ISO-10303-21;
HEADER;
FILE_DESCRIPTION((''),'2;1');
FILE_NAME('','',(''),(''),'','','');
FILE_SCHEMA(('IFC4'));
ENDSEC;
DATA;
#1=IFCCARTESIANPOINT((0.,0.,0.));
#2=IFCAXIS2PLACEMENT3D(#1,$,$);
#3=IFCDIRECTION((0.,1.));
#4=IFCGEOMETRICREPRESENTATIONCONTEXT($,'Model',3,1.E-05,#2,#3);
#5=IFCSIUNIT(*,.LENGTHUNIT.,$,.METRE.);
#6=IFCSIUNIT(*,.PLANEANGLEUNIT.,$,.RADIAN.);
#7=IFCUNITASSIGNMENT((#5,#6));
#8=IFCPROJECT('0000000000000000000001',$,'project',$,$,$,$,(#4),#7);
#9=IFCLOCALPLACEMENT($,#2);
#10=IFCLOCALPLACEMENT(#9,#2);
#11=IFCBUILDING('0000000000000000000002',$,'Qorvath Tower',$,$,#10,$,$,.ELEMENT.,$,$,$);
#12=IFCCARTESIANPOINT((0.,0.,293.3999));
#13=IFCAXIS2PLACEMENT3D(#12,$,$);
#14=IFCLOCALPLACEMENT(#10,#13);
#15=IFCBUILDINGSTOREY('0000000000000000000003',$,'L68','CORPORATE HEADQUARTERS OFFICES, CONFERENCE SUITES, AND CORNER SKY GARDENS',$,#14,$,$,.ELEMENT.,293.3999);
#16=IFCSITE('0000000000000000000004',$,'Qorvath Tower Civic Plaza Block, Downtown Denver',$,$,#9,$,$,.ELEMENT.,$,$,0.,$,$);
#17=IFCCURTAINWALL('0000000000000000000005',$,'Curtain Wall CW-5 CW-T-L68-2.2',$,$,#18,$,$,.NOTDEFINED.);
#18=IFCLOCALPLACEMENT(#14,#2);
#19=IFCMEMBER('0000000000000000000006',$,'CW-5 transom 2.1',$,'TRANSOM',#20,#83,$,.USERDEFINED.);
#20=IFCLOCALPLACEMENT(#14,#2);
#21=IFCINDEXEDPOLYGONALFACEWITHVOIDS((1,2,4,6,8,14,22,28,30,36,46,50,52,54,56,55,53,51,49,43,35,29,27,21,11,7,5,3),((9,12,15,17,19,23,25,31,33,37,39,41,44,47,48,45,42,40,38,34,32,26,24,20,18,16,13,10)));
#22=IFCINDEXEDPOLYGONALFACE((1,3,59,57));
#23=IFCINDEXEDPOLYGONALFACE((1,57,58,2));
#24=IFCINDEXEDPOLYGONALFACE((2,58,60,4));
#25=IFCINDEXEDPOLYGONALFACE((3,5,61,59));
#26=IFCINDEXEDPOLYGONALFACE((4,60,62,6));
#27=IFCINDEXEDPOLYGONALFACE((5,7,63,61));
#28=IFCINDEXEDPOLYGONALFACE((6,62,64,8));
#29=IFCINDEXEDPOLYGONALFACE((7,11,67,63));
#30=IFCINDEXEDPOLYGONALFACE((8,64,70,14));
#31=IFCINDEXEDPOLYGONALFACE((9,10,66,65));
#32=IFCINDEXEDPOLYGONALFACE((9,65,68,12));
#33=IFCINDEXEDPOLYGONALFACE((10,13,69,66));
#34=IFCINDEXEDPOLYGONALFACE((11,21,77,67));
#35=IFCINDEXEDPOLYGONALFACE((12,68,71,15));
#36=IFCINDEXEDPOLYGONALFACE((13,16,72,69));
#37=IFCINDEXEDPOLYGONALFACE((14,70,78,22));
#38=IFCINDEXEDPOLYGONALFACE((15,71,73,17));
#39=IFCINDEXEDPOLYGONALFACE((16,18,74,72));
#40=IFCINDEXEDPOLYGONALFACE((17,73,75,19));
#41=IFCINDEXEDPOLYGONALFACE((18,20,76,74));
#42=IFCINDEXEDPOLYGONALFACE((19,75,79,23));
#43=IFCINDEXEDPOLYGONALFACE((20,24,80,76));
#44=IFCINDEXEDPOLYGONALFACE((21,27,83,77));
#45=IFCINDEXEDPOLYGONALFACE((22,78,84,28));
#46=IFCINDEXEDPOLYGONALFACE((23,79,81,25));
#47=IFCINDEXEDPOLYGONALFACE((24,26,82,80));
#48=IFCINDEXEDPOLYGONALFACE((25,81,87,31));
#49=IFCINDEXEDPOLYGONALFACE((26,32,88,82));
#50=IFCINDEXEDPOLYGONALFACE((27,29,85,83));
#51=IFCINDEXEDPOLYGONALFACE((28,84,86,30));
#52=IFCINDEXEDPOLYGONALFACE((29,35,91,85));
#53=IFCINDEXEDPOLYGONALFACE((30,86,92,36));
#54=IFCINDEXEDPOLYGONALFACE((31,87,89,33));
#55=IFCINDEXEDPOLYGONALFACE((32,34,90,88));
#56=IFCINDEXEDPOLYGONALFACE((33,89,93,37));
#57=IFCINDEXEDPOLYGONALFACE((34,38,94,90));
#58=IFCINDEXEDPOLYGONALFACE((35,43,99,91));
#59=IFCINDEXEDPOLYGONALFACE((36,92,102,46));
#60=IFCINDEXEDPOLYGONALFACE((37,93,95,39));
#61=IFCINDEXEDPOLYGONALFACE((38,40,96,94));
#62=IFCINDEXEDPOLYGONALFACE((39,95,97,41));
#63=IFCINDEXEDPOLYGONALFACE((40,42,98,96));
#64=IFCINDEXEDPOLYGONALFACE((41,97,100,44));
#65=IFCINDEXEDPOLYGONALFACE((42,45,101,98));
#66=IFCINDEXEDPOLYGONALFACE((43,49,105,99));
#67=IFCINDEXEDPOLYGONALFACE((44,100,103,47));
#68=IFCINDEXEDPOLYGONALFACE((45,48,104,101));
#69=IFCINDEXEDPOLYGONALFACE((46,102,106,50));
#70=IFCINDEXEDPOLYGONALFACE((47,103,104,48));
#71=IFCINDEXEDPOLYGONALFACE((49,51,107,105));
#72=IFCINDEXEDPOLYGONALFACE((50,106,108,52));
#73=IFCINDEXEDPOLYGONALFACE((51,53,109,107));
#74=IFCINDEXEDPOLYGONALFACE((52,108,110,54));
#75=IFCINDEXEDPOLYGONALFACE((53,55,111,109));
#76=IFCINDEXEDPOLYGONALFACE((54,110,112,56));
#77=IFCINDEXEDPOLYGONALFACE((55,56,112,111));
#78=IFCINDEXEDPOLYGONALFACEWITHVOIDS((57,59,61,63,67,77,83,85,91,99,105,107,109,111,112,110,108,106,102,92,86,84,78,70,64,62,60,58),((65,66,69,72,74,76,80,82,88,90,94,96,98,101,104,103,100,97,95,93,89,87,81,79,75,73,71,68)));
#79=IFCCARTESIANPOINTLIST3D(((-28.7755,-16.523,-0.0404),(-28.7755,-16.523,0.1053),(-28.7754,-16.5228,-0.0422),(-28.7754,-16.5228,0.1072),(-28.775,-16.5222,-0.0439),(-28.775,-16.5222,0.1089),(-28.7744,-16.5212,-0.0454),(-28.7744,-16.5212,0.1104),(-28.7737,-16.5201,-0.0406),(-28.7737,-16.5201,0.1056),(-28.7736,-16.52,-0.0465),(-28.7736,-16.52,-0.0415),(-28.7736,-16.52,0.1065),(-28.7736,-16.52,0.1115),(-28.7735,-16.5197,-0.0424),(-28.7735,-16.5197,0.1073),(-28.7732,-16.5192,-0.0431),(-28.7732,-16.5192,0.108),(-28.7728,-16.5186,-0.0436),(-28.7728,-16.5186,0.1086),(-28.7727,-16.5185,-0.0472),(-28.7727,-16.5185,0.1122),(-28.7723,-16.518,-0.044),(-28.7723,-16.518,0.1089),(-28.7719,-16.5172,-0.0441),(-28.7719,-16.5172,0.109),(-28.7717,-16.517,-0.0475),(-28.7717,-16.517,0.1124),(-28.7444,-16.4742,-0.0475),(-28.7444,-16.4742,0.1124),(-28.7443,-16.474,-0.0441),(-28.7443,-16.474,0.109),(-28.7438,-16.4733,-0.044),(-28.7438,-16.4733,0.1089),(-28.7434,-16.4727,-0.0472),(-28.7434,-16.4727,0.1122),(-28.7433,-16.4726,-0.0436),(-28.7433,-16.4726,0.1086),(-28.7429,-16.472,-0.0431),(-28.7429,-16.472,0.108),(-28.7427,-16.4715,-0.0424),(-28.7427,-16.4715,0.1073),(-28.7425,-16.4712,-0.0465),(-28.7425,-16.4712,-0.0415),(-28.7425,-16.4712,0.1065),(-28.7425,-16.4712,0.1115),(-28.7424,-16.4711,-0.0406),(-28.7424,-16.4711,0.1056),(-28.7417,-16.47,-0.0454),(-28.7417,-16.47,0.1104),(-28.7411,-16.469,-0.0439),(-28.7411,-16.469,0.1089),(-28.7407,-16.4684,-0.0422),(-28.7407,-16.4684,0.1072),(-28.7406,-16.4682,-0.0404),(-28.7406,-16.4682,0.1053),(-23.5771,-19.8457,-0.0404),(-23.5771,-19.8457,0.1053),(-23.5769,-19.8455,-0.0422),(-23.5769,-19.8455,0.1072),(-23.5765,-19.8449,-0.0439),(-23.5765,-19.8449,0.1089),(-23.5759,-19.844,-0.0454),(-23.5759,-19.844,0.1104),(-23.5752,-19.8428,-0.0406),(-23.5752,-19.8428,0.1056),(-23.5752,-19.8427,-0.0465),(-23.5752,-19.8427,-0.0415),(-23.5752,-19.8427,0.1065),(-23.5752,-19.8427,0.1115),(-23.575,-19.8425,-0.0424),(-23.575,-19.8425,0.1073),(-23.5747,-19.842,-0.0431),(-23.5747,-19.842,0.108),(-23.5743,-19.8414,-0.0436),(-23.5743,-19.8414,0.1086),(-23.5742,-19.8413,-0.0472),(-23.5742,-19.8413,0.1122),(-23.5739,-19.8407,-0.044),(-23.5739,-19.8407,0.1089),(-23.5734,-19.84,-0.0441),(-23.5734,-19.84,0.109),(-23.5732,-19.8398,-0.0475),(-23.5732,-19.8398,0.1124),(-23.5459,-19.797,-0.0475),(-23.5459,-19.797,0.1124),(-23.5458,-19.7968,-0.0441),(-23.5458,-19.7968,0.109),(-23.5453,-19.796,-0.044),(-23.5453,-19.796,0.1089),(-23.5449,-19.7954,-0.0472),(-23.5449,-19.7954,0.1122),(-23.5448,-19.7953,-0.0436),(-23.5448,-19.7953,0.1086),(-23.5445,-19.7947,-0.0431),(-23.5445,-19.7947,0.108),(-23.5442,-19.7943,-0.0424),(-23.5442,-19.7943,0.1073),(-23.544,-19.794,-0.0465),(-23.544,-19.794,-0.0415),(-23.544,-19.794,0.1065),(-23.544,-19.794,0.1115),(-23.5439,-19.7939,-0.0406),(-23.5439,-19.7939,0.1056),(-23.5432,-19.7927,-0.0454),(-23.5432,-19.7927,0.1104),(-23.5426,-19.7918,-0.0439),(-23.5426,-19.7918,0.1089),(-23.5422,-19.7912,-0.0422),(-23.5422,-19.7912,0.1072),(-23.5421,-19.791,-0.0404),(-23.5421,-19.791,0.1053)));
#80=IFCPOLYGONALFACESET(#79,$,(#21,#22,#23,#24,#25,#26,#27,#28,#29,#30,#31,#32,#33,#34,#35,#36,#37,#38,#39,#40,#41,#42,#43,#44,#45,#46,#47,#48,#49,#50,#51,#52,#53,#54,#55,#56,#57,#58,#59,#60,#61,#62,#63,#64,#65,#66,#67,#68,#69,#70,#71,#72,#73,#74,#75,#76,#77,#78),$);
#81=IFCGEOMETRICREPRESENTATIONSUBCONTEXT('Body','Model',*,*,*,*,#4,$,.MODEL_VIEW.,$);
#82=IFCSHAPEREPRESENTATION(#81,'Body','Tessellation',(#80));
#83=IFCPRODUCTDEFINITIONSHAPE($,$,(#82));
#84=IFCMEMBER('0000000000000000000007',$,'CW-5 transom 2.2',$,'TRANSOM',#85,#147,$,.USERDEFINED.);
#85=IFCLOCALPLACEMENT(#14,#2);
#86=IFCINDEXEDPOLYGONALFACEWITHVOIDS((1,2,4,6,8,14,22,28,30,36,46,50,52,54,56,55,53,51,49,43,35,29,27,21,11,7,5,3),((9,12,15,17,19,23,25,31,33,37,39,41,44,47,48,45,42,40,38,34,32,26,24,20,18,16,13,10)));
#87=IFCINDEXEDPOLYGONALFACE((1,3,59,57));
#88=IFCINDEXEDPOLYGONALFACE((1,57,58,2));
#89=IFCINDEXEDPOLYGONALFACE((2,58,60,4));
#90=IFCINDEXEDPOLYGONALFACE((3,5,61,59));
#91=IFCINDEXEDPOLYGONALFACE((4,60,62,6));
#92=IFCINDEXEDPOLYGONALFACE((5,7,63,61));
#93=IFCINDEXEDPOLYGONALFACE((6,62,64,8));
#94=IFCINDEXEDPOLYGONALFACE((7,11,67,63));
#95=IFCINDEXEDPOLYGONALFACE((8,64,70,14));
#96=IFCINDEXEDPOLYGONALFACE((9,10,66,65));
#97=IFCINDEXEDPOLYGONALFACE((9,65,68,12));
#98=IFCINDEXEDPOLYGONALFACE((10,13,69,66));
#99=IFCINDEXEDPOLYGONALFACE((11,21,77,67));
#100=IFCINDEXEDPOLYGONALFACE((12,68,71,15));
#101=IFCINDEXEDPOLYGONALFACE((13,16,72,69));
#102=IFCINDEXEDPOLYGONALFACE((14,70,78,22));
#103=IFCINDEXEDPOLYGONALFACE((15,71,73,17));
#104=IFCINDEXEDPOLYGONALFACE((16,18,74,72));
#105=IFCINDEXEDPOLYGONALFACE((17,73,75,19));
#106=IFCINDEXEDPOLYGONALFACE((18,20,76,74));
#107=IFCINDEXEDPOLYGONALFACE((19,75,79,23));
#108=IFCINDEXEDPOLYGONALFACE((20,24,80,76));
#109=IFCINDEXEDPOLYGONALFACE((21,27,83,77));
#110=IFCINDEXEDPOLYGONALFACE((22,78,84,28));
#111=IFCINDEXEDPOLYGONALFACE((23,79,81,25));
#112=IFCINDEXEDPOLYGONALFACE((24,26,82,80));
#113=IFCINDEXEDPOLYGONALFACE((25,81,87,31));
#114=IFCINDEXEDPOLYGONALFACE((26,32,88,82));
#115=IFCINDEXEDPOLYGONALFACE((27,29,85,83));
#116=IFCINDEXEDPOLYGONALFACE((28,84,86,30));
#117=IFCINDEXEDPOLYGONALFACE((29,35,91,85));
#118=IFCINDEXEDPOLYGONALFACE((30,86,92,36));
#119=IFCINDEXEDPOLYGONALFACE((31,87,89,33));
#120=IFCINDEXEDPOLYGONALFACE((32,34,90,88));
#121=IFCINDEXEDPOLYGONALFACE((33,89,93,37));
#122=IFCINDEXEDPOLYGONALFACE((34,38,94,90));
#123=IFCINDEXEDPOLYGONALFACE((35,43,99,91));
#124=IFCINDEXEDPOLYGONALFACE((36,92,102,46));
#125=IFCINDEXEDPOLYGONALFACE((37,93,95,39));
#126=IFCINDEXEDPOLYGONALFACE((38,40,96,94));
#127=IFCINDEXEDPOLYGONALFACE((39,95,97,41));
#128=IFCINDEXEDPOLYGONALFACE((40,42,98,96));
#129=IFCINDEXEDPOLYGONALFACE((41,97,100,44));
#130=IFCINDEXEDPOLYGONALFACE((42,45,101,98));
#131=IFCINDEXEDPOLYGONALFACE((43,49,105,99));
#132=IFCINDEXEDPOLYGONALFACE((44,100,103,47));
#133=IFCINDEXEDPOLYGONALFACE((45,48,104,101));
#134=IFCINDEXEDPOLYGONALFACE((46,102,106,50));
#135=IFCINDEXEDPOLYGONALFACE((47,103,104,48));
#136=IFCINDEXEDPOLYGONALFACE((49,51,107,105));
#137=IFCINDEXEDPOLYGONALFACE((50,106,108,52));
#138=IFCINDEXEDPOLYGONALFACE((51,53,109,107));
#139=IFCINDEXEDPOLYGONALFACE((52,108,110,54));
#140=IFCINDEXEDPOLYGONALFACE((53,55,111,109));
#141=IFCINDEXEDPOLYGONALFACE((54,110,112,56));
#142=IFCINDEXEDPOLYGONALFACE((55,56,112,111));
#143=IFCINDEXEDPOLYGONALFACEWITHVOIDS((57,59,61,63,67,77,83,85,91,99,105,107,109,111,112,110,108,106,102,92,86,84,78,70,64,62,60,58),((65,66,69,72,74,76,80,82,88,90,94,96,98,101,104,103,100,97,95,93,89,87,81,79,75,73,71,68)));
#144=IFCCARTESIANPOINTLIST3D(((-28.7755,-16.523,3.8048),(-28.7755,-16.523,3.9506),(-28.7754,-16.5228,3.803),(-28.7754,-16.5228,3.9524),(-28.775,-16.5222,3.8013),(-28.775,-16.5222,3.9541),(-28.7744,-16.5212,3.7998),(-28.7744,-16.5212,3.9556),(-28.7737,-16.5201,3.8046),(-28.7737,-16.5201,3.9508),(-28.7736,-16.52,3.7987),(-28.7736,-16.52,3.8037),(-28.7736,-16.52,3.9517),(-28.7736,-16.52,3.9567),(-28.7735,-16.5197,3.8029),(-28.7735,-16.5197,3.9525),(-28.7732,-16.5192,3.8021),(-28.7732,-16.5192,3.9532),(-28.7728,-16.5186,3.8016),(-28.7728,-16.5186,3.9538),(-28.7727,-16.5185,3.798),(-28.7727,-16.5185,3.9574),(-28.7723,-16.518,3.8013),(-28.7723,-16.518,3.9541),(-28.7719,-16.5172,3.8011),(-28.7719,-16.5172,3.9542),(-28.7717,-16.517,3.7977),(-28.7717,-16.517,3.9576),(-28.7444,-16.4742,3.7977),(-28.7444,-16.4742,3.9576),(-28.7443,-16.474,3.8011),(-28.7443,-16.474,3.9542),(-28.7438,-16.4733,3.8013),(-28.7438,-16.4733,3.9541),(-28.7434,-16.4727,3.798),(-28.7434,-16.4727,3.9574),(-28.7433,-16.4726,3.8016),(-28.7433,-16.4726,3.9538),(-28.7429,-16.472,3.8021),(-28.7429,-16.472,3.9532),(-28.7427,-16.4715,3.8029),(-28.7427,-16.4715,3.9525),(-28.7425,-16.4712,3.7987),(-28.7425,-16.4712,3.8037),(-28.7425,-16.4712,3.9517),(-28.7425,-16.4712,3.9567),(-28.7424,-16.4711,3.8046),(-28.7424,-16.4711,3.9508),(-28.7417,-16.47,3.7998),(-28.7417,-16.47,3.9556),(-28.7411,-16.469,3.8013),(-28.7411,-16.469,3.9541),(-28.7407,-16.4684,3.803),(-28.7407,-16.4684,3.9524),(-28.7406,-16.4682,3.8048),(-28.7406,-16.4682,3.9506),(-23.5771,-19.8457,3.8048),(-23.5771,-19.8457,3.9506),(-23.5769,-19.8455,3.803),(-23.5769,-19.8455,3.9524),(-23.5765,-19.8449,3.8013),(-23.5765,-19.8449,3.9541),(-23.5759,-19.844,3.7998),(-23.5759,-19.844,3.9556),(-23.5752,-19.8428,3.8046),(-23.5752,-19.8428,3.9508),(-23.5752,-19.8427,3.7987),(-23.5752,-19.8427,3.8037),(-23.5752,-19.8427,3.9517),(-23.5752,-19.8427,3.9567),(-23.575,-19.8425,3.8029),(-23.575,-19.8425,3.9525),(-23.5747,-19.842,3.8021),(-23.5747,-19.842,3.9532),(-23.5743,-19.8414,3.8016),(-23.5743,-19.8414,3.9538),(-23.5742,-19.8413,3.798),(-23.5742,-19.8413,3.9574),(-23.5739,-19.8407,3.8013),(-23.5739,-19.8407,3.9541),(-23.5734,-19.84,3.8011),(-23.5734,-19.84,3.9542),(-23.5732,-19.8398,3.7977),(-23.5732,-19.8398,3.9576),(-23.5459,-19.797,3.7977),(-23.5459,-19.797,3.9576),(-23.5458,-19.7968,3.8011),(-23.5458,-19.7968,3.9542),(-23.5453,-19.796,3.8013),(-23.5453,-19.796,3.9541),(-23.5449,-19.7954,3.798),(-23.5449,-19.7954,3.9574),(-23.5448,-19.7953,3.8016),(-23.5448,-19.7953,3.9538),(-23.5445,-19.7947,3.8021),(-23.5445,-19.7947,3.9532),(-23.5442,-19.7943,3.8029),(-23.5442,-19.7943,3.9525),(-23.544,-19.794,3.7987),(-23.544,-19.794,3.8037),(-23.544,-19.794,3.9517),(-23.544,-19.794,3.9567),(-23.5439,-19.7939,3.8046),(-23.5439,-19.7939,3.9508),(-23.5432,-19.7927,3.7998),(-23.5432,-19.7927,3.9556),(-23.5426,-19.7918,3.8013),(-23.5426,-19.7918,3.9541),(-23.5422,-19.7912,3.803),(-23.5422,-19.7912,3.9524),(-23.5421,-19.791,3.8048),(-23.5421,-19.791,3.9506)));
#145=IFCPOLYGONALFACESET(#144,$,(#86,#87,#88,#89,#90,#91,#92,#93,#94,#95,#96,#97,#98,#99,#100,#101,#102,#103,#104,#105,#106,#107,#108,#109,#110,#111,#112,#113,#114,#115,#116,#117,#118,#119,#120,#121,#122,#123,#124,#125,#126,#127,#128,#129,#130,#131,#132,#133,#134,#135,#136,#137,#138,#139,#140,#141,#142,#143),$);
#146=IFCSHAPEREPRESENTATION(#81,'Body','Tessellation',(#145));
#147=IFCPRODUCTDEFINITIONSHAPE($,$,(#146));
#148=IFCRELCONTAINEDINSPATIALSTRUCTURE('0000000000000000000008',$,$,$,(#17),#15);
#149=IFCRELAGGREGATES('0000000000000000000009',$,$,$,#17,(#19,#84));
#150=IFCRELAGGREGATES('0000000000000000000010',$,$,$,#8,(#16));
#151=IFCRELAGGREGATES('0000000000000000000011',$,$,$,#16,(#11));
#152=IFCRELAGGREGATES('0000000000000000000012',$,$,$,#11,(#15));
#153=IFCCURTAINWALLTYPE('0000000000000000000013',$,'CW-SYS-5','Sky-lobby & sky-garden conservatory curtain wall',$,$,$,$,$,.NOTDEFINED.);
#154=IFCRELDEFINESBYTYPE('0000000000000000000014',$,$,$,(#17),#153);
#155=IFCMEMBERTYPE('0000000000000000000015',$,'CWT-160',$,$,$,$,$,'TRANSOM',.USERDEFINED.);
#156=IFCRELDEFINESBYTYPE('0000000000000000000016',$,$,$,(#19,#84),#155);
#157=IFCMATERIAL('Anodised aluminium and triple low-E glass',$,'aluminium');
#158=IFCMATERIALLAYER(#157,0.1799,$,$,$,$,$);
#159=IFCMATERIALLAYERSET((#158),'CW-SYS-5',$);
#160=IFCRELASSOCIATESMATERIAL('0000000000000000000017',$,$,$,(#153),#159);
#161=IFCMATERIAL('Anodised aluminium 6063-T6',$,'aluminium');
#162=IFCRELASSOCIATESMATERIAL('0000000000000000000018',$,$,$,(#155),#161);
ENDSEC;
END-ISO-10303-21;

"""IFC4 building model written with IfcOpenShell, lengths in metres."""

from ifc_helpers import new_model, si_unit, direction, frame, origin, origin_2d, place, context, subcontext, project, spatial, hollow_rectangle, extrude, material, layer, layer_set, material_profile, profile_set, type_object, element, aggregate, save


model = new_model("IFC4")

# Units and contexts
model_context = context("Model", 3, precision=1e-05, world=origin(), true_north=direction((0.0, 1.0)))
body_context = subcontext(model_context, "Body", "Model", "MODEL_VIEW")
ifc_project = project(units=[si_unit("LENGTHUNIT", "METRE"), si_unit("PLANEANGLEUNIT", "RADIAN")], contexts=[model_context])

# Site, building, storey
site_placement = place(None, origin())
site = spatial("IfcSite", under=ifc_project, at=site_placement, Name="Qorvath Tower Civic Plaza Block, Downtown Denver", CompositionType="ELEMENT", RefElevation=0.0)
building_placement = place(site_placement, origin())
building = spatial("IfcBuilding", under=site, at=building_placement, Name="Qorvath Tower", CompositionType="ELEMENT")
storey_placement = place(building_placement, frame((0.0, 0.0, 293.3999)))
storey = spatial("IfcBuildingStorey", under=building, at=storey_placement, Name="L68", Description="CORPORATE HEADQUARTERS OFFICES, CONFERENCE SUITES, AND CORNER SKY GARDENS", CompositionType="ELEMENT", Elevation=293.3999)

# Curtain wall, members
ifc_material_1 = material(Name="Anodised aluminium and triple low-E glass", Category="aluminium")
ifc_layer_1 = layer(ifc_material_1, 0.1799)
ifc_layer_set_1 = layer_set([ifc_layer_1], Name="CW-SYS-5")
curtain_wall_type = type_object("IfcCurtainWallType", Name="CW-SYS-5", Description="Sky-lobby & sky-garden conservatory curtain wall", PredefinedType="NOTDEFINED", material=ifc_layer_set_1)
curtain_wall_placement = place(storey_placement, origin())
curtain_wall = element("IfcCurtainWall", 1, at=curtain_wall_placement, inside=storey, type_object=curtain_wall_type, Name="Curtain Wall CW-5 CW-T-L68-2.2", PredefinedType="NOTDEFINED")
ifc_material_2 = material(Name="Anodised aluminium 6063-T6", Category="aluminium")
ifc_material_profile_1 = material_profile(ifc_material_2, hollow_rectangle(XDim=0.0649, YDim=0.1599, WallThickness=0.0034, InnerFilletRadius=0.0034, OuterFilletRadius=0.0071, at=origin_2d()), Name="CWT 160x65")
ifc_profile_set_1 = profile_set([ifc_material_profile_1], Name="Anodised aluminium 6063-T6")
member_type_1 = type_object("IfcMemberType", Name="CWT-160", ElementType="TRANSOM", PredefinedType="USERDEFINED", material=ifc_profile_set_1)
member_1_placement = place(storey_placement, frame((-28.7581, -16.4956, 0.0325), z_axis=(0.842586, -0.538562, 0.0), x_axis=(0.538562, 0.842586, 0.0)))
member_1 = element("IfcMember", 2, at=member_1_placement, type_object=member_type_1, Name="CW-5 transom 2.1", ObjectType="TRANSOM", PredefinedType="USERDEFINED", context=body_context, shape_type="SweptSolid", body=[
    extrude(hollow_rectangle(XDim=0.0649, YDim=0.1599, WallThickness=0.0034, InnerFilletRadius=0.0034, OuterFilletRadius=0.0071, at=origin_2d()), origin(), (0.0, 0.0, 1.0), 6.1697),
])
member_2_placement = place(storey_placement, frame((-28.7581, -16.4956, 3.8777), z_axis=(0.842586, -0.538562, 0.0), x_axis=(0.538562, 0.842586, 0.0)))
member_2 = element("IfcMember", 3, at=member_2_placement, type_object=member_type_1, Name="CW-5 transom 2.2", ObjectType="TRANSOM", PredefinedType="USERDEFINED", context=body_context, shape_type="SweptSolid", body=[
    extrude(hollow_rectangle(XDim=0.0649, YDim=0.1599, WallThickness=0.0034, InnerFilletRadius=0.0034, OuterFilletRadius=0.0071, at=origin_2d()), origin(), (0.0, 0.0, 1.0), 6.1697),
])
aggregate(curtain_wall, [member_1, member_2])

save(model, "model.ifc")
